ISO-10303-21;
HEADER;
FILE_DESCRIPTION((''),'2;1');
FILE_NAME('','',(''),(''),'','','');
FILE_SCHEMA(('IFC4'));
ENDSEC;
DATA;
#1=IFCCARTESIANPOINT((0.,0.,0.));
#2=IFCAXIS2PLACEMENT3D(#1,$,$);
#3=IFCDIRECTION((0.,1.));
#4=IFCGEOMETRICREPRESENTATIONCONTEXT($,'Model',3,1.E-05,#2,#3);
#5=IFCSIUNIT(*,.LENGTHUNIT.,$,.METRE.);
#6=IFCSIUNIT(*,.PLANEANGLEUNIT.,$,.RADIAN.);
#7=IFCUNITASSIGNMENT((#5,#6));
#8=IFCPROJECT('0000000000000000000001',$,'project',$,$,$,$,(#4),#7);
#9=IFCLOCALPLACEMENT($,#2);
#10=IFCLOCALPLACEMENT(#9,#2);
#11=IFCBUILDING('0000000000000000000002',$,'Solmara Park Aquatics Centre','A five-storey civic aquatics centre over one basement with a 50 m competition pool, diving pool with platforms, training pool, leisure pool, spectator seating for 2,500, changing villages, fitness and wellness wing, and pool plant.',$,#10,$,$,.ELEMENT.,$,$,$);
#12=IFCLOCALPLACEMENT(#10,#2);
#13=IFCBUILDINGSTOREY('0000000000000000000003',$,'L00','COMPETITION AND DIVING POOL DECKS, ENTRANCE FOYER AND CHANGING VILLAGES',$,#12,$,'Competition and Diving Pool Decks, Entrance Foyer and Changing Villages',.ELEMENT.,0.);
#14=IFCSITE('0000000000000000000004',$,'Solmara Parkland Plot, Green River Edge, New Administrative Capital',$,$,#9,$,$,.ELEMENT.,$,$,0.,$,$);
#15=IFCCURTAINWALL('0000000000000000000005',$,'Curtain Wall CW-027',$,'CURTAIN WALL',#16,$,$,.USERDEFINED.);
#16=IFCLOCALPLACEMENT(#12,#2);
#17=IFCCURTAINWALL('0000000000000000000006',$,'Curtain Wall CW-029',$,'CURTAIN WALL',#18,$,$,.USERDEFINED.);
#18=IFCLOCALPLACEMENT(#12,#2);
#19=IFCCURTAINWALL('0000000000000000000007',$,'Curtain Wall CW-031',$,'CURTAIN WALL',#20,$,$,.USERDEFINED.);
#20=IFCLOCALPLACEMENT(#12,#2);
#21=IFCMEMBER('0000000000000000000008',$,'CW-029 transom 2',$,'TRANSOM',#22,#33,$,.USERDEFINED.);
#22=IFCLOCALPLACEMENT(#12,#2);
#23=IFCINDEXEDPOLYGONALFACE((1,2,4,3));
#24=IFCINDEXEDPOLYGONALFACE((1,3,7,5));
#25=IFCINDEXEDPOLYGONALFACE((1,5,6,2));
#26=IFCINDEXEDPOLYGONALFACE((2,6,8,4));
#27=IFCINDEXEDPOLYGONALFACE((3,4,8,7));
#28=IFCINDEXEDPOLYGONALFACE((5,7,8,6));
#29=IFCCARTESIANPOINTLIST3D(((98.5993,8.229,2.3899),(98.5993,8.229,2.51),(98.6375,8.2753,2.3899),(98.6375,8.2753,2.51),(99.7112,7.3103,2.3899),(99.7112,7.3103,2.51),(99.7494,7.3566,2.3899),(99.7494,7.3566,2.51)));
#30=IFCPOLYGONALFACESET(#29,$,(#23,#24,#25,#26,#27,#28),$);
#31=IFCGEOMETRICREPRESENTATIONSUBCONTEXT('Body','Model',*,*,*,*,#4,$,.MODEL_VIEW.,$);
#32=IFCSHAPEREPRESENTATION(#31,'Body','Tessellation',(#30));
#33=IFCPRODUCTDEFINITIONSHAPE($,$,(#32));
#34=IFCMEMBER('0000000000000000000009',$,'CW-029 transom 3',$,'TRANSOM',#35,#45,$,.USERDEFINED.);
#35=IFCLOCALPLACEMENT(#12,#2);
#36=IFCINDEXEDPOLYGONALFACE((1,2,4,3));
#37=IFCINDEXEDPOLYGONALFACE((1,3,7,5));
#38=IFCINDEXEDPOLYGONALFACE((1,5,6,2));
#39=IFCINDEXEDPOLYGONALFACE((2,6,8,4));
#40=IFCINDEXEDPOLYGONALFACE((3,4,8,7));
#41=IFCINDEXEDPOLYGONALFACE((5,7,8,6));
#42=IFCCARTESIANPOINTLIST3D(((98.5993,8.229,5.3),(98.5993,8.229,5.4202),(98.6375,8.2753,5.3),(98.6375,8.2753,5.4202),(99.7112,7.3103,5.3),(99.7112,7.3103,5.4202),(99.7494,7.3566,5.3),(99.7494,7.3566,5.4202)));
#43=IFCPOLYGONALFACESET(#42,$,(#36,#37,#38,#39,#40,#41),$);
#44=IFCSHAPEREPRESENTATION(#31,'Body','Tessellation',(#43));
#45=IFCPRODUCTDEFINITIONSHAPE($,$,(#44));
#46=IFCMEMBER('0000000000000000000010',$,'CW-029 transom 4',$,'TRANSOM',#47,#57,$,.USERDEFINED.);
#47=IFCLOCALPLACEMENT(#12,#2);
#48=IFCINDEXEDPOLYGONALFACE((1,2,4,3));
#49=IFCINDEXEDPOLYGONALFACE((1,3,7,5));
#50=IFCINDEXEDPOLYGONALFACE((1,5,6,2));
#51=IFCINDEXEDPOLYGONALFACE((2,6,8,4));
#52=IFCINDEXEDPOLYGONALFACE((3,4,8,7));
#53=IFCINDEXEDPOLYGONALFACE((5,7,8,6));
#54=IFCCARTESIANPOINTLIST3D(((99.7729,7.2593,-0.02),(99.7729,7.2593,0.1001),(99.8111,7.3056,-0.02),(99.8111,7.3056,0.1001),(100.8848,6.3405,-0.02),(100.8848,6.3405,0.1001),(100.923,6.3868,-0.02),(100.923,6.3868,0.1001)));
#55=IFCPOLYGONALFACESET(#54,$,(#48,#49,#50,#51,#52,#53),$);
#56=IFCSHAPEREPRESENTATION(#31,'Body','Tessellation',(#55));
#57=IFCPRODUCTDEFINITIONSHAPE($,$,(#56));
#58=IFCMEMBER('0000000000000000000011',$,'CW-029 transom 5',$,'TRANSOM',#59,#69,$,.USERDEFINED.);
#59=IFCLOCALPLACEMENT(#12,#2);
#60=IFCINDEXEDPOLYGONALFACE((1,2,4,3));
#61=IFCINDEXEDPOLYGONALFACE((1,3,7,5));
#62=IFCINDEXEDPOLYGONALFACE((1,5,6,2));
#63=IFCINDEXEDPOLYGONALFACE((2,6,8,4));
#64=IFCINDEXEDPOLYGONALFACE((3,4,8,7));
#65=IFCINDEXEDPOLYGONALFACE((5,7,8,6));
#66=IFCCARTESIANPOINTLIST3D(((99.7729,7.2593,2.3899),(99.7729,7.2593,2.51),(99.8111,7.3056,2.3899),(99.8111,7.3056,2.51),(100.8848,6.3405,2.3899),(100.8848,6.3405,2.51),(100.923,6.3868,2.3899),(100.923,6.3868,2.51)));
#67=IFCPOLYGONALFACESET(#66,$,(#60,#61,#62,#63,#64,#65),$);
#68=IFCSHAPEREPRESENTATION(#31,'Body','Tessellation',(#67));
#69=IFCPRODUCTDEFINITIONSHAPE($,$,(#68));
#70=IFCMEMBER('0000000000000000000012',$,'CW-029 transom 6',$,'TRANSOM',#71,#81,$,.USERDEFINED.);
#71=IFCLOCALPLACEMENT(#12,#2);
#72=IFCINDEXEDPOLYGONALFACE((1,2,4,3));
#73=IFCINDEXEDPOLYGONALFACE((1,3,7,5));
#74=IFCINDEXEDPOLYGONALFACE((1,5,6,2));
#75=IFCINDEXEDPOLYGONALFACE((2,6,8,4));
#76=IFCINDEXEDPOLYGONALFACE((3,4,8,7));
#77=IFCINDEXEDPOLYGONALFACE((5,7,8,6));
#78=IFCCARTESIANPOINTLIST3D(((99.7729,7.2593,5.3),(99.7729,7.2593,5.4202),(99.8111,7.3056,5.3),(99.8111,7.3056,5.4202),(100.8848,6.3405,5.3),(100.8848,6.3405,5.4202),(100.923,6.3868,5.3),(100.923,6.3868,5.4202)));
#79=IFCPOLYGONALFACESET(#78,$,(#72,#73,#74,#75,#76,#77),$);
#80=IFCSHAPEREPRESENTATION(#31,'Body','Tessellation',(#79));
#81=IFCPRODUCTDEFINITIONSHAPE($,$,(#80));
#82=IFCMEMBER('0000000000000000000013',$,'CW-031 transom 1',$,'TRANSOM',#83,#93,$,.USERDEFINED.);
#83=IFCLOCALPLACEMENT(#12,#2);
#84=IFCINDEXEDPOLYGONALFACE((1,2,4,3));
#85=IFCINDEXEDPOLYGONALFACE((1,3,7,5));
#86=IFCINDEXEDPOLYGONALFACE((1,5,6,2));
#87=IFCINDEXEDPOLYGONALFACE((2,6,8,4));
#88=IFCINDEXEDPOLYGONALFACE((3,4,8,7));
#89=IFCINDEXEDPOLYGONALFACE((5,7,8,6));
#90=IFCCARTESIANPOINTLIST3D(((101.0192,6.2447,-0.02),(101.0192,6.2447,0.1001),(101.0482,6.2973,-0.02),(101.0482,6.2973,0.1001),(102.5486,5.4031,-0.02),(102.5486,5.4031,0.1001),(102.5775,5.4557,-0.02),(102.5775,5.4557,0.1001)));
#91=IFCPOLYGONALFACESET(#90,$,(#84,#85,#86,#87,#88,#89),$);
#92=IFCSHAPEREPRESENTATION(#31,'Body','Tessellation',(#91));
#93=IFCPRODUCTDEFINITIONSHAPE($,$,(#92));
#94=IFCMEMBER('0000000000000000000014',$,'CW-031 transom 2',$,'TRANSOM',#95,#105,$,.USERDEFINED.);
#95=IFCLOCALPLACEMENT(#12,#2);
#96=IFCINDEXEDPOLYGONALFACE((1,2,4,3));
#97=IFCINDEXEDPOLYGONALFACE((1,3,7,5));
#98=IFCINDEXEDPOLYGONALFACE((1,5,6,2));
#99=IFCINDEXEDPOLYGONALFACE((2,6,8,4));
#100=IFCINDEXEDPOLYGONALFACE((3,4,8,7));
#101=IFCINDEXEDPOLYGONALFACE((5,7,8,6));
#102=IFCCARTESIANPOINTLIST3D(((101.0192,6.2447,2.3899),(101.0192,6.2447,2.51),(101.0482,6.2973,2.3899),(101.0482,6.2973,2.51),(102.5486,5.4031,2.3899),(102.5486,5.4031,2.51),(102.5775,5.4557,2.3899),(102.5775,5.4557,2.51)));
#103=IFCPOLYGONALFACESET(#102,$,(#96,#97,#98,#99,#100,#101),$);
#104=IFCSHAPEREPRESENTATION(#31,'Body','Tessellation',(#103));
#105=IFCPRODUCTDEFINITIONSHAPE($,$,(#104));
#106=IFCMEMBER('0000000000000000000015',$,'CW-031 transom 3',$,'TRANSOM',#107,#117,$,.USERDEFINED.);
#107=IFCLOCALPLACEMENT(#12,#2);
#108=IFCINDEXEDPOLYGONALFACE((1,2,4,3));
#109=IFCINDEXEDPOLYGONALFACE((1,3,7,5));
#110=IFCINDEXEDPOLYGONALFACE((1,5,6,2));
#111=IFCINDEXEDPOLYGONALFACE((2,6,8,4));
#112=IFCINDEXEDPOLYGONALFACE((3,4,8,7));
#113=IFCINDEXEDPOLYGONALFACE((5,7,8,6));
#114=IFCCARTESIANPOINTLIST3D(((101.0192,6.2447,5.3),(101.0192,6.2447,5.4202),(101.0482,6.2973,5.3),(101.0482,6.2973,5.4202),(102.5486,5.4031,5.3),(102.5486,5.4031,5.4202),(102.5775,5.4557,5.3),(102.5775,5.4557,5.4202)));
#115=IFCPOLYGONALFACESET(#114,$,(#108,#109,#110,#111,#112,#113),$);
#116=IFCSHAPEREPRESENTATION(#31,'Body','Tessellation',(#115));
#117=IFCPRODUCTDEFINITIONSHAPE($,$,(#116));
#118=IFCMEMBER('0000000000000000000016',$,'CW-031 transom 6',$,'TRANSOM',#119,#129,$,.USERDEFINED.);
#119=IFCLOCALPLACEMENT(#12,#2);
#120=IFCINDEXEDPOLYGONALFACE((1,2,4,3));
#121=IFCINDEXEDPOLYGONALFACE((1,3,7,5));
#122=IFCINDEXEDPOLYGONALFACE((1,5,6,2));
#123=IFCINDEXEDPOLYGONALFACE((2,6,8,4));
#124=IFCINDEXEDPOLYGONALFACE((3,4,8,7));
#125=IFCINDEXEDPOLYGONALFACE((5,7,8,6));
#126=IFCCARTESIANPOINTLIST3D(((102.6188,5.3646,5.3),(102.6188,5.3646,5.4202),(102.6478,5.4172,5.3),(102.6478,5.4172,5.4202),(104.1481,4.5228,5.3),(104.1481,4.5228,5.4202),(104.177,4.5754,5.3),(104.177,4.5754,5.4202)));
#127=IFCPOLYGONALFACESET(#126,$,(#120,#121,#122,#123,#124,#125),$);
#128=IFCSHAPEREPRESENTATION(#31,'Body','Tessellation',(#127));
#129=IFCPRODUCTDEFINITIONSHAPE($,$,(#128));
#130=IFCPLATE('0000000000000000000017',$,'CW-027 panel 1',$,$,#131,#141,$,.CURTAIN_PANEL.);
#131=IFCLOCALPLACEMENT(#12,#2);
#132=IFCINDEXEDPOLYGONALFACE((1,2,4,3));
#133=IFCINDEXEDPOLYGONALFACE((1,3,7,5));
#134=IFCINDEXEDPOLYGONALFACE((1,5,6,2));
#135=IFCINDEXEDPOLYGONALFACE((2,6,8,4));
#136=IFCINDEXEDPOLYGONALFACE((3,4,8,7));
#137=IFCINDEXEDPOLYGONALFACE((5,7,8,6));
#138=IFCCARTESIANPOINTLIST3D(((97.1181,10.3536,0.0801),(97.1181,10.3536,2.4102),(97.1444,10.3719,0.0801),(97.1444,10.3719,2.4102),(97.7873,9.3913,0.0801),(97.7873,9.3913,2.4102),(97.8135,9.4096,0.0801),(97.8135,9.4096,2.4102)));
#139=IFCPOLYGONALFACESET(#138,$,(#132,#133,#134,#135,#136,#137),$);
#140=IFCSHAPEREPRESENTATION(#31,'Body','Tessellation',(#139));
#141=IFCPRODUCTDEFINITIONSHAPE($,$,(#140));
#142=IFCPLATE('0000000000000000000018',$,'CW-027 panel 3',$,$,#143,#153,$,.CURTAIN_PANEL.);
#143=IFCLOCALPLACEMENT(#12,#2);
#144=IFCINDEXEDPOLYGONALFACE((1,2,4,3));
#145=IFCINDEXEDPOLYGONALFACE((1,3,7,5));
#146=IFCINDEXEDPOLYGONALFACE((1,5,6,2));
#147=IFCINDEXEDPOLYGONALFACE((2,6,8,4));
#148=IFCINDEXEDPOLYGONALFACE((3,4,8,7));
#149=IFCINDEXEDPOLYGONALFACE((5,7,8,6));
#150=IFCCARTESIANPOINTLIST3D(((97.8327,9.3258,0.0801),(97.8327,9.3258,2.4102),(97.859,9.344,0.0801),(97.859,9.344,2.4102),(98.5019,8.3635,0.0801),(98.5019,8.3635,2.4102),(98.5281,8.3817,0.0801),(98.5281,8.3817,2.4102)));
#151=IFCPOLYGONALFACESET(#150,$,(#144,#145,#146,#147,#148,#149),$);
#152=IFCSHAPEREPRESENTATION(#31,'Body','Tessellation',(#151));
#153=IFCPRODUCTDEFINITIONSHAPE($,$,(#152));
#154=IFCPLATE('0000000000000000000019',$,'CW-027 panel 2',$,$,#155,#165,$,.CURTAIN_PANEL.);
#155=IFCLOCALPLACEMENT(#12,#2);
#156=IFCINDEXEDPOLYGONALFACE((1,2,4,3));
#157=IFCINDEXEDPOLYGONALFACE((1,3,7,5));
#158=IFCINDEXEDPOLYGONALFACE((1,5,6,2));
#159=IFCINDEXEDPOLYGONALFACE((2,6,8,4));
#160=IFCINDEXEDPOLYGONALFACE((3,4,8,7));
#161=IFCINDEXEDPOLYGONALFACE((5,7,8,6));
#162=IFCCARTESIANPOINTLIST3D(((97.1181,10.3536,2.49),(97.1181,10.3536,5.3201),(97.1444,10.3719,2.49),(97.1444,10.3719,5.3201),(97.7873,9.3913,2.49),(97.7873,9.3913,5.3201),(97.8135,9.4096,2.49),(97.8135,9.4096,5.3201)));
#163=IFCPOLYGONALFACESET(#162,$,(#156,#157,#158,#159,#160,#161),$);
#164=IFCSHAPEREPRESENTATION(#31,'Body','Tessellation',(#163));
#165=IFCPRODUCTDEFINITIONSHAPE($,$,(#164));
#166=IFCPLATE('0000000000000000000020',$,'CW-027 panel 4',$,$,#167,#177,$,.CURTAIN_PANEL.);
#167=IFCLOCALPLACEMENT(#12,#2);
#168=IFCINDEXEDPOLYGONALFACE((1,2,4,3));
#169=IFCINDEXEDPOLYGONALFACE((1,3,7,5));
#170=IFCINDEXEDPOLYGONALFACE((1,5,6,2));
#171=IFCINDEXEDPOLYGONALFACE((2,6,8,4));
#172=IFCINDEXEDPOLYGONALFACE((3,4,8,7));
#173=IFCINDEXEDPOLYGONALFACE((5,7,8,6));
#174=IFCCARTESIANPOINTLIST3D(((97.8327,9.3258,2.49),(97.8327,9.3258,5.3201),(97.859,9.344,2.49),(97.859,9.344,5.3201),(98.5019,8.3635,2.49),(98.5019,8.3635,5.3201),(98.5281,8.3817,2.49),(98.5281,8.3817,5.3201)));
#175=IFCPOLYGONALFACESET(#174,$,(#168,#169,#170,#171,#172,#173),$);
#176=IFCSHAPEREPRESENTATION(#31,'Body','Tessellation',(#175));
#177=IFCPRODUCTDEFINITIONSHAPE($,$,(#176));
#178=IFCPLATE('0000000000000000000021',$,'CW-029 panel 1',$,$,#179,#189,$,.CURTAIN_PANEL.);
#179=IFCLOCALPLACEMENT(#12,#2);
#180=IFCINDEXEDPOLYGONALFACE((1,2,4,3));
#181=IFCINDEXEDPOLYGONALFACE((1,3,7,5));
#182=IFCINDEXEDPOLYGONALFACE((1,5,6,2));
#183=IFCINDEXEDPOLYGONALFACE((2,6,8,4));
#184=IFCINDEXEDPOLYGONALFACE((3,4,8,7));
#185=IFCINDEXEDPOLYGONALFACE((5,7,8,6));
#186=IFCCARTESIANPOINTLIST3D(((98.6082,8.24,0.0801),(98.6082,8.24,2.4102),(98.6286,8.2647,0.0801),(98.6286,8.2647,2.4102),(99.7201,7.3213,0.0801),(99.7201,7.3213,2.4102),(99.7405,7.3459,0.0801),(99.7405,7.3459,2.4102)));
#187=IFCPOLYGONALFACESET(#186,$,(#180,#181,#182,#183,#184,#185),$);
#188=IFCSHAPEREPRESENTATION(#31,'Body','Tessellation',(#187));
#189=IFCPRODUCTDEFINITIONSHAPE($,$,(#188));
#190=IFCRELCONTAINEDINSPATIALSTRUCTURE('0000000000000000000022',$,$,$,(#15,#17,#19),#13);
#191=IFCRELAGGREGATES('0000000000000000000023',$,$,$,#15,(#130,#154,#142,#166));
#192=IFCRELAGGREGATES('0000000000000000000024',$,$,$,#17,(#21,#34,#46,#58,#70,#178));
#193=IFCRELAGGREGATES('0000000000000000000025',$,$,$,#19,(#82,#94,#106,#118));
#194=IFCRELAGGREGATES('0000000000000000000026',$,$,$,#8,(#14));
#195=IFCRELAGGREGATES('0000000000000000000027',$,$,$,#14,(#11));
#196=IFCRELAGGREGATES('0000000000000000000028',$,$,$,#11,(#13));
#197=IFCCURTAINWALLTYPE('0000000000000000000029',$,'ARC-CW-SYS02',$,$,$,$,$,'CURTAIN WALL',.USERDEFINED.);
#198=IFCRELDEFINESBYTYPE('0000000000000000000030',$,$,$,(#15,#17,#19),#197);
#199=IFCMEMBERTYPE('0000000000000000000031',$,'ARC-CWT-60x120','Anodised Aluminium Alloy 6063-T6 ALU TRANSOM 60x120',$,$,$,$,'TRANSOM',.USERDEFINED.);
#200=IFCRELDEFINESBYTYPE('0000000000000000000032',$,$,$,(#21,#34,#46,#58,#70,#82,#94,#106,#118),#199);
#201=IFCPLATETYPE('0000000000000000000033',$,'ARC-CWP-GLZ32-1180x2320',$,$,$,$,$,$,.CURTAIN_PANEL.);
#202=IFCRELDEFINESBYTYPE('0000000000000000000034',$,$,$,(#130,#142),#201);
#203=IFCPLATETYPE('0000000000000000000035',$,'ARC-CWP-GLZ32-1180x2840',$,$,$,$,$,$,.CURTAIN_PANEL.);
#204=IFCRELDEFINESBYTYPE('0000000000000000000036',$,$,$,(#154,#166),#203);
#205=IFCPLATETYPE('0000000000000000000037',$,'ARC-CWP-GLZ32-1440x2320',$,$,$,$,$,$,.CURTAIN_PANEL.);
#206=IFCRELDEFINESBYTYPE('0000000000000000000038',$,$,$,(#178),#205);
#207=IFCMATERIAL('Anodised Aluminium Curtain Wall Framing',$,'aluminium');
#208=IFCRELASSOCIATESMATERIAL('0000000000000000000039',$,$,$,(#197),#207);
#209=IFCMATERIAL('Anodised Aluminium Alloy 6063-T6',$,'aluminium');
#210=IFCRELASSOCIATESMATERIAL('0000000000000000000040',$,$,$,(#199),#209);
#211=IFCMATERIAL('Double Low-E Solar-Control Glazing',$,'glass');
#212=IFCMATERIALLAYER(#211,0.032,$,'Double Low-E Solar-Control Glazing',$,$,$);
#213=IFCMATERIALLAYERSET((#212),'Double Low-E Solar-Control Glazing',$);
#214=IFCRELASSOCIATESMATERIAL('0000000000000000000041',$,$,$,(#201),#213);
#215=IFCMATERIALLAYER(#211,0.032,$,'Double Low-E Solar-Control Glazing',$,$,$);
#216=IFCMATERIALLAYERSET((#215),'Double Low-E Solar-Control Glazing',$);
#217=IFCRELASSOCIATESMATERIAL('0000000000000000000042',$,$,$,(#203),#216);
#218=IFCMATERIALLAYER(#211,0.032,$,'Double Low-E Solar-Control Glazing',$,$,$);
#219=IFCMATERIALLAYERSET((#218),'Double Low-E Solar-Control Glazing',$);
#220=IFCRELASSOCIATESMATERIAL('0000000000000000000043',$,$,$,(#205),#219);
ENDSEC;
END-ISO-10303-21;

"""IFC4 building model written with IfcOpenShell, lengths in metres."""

from ifc_helpers import new_model, si_unit, direction, frame, origin, origin_2d, place, context, subcontext, project, spatial, rectangle, extrude, material, layer, layer_set, material_profile, profile_set, type_object, element, aggregate, save


model = new_model("IFC4")

# Units and contexts
model_context = context("Model", 3, precision=1e-05, world=origin(), true_north=direction((0.0, 1.0)))
body_context = subcontext(model_context, "Body", "Model", "MODEL_VIEW")
ifc_project = project(units=[si_unit("LENGTHUNIT", "METRE"), si_unit("PLANEANGLEUNIT", "RADIAN")], contexts=[model_context])

# Site, building, storey
site_placement = place(None, origin())
site = spatial("IfcSite", under=ifc_project, at=site_placement, Name="Solmara Parkland Plot, Green River Edge, New Administrative Capital", CompositionType="ELEMENT", RefElevation=0.0)
building_placement = place(site_placement, origin())
building = spatial("IfcBuilding", under=site, at=building_placement, Name="Solmara Park Aquatics Centre", Description="A five-storey civic aquatics centre over one basement with a 50 m competition pool, diving pool with platforms, training pool, leisure pool, spectator seating for 2,500, changing villages, fitness and wellness wing, and pool plant.", CompositionType="ELEMENT")
storey_placement = place(building_placement, origin())
storey = spatial("IfcBuildingStorey", under=building, at=storey_placement, Name="L00", Description="COMPETITION AND DIVING POOL DECKS, ENTRANCE FOYER AND CHANGING VILLAGES", LongName="Competition and Diving Pool Decks, Entrance Foyer and Changing Villages", CompositionType="ELEMENT", Elevation=0.0)

# Curtain walls
ifc_material_1 = material(Name="Anodised Aluminium Curtain Wall Framing", Category="aluminium")
curtain_wall_type = type_object("IfcCurtainWallType", Name="ARC-CW-SYS02", ElementType="CURTAIN WALL", PredefinedType="USERDEFINED", material=ifc_material_1)
curtain_wall_1_placement = place(storey_placement, origin())
curtain_wall_1 = element("IfcCurtainWall", 1, at=curtain_wall_1_placement, inside=storey, type_object=curtain_wall_type, Name="Curtain Wall CW-027", ObjectType="CURTAIN WALL", PredefinedType="USERDEFINED")
ifc_material_2 = material(Name="Anodised Aluminium Alloy 6063-T6", Category="aluminium")
curtain_wall_2_placement = place(storey_placement, origin())
curtain_wall_2 = element("IfcCurtainWall", 2, at=curtain_wall_2_placement, inside=storey, type_object=curtain_wall_type, Name="Curtain Wall CW-029", ObjectType="CURTAIN WALL", PredefinedType="USERDEFINED")
curtain_wall_3_placement = place(storey_placement, origin())
curtain_wall_3 = element("IfcCurtainWall", 3, at=curtain_wall_3_placement, inside=storey, type_object=curtain_wall_type, Name="Curtain Wall CW-031", ObjectType="CURTAIN WALL", PredefinedType="USERDEFINED")

# Members
ifc_material_profile_1 = material_profile(ifc_material_2, rectangle(XDim=0.0601, YDim=0.1201, at=origin_2d()), Name="ALU TRANSOM 60x120")
ifc_profile_set_1 = profile_set([ifc_material_profile_1], Name="Anodised Aluminium Alloy 6063-T6")
member_type_1 = type_object("IfcMemberType", Name="ARC-CWT-60x120", Description="Anodised Aluminium Alloy 6063-T6 ALU TRANSOM 60x120", ElementType="TRANSOM", PredefinedType="USERDEFINED", material=ifc_profile_set_1)
member_1_placement = place(storey_placement, frame((98.6184, 8.2522, 2.45), z_axis=(0.770879, -0.636982, 0.0), x_axis=(0.636982, 0.770879, 0.0)))
member_1 = element("IfcMember", 4, at=member_1_placement, type_object=member_type_1, Name="CW-029 transom 2", ObjectType="TRANSOM", PredefinedType="USERDEFINED", context=body_context, shape_type="SweptSolid", body=[
    extrude(rectangle(XDim=0.0601, YDim=0.1201, at=origin_2d()), origin(), (0.0, 0.0, 1.0), 1.4424),
])
member_2_placement = place(storey_placement, frame((98.6184, 8.2522, 5.3601), z_axis=(0.770879, -0.636982, 0.0), x_axis=(0.636982, 0.770879, 0.0)))
member_2 = element("IfcMember", 5, at=member_2_placement, type_object=member_type_1, Name="CW-029 transom 3", ObjectType="TRANSOM", PredefinedType="USERDEFINED", context=body_context, shape_type="SweptSolid", body=[
    extrude(rectangle(XDim=0.0601, YDim=0.1201, at=origin_2d()), origin(), (0.0, 0.0, 1.0), 1.4424),
])
member_3_placement = place(storey_placement, frame((99.792, 7.2825, 0.04), z_axis=(0.770879, -0.636982, 0.0), x_axis=(0.636982, 0.770879, 0.0)))
member_3 = element("IfcMember", 6, at=member_3_placement, type_object=member_type_1, Name="CW-029 transom 4", ObjectType="TRANSOM", PredefinedType="USERDEFINED", context=body_context, shape_type="SweptSolid", body=[
    extrude(rectangle(XDim=0.0601, YDim=0.1201, at=origin_2d()), origin(), (0.0, 0.0, 1.0), 1.4424),
])
member_4_placement = place(storey_placement, frame((99.792, 7.2825, 2.45), z_axis=(0.770879, -0.636982, 0.0), x_axis=(0.636982, 0.770879, 0.0)))
member_4 = element("IfcMember", 7, at=member_4_placement, type_object=member_type_1, Name="CW-029 transom 5", ObjectType="TRANSOM", PredefinedType="USERDEFINED", context=body_context, shape_type="SweptSolid", body=[
    extrude(rectangle(XDim=0.0601, YDim=0.1201, at=origin_2d()), origin(), (0.0, 0.0, 1.0), 1.4424),
])
member_5_placement = place(storey_placement, frame((99.792, 7.2825, 5.3601), z_axis=(0.770879, -0.636982, 0.0), x_axis=(0.636982, 0.770879, 0.0)))
member_5 = element("IfcMember", 8, at=member_5_placement, type_object=member_type_1, Name="CW-029 transom 6", ObjectType="TRANSOM", PredefinedType="USERDEFINED", context=body_context, shape_type="SweptSolid", body=[
    extrude(rectangle(XDim=0.0601, YDim=0.1201, at=origin_2d()), origin(), (0.0, 0.0, 1.0), 1.4424),
])
member_6_placement = place(storey_placement, frame((101.0337, 6.271, 0.04), z_axis=(0.87611, -0.482112, 0.0), x_axis=(0.482112, 0.87611, 0.0)))
member_6 = element("IfcMember", 9, at=member_6_placement, type_object=member_type_1, Name="CW-031 transom 1", ObjectType="TRANSOM", PredefinedType="USERDEFINED", context=body_context, shape_type="SweptSolid", body=[
    extrude(rectangle(XDim=0.0601, YDim=0.1201, at=origin_2d()), origin(), (0.0, 0.0, 1.0), 1.7456),
])
member_7_placement = place(storey_placement, frame((101.0337, 6.271, 2.45), z_axis=(0.87611, -0.482112, 0.0), x_axis=(0.482112, 0.87611, 0.0)))
member_7 = element("IfcMember", 10, at=member_7_placement, type_object=member_type_1, Name="CW-031 transom 2", ObjectType="TRANSOM", PredefinedType="USERDEFINED", context=body_context, shape_type="SweptSolid", body=[
    extrude(rectangle(XDim=0.0601, YDim=0.1201, at=origin_2d()), origin(), (0.0, 0.0, 1.0), 1.7456),
])
member_8_placement = place(storey_placement, frame((101.0337, 6.271, 5.3601), z_axis=(0.87611, -0.482112, 0.0), x_axis=(0.482112, 0.87611, 0.0)))
member_8 = element("IfcMember", 11, at=member_8_placement, type_object=member_type_1, Name="CW-031 transom 3", ObjectType="TRANSOM", PredefinedType="USERDEFINED", context=body_context, shape_type="SweptSolid", body=[
    extrude(rectangle(XDim=0.0601, YDim=0.1201, at=origin_2d()), origin(), (0.0, 0.0, 1.0), 1.7456),
])
member_9_placement = place(storey_placement, frame((102.6333, 5.3909, 5.3601), z_axis=(0.876051, -0.482219, 0.0), x_axis=(0.482219, 0.876051, 0.0)))
member_9 = element("IfcMember", 12, at=member_9_placement, type_object=member_type_1, Name="CW-031 transom 6", ObjectType="TRANSOM", PredefinedType="USERDEFINED", context=body_context, shape_type="SweptSolid", body=[
    extrude(rectangle(XDim=0.0601, YDim=0.1201, at=origin_2d()), origin(), (0.0, 0.0, 1.0), 1.7456),
])

# Plates
ifc_material_3 = material(Name="Double Low-E Solar-Control Glazing", Category="glass")
ifc_layer_1 = layer(ifc_material_3, 0.032, Name="Double Low-E Solar-Control Glazing")
ifc_layer_set_1 = layer_set([ifc_layer_1], Name="Double Low-E Solar-Control Glazing")
plate_type_1 = type_object("IfcPlateType", Name="ARC-CWP-GLZ32-1180x2320", PredefinedType="CURTAIN_PANEL", material=ifc_layer_set_1)
plate_1_placement = place(storey_placement, frame((97.4658, 9.8816, 0.0801), z_axis=(0.0, 0.0, 1.0), x_axis=(0.570927, -0.821001, 0.0)))
plate_1 = element("IfcPlate", 13, at=plate_1_placement, type_object=plate_type_1, Name="CW-027 panel 1", PredefinedType="CURTAIN_PANEL", context=body_context, shape_type="SweptSolid", body=[
    extrude(rectangle(XDim=1.1721, YDim=0.032, at=origin_2d()), origin(), (0.0, 0.0, 1.0), 2.3301),
])
plate_2_placement = place(storey_placement, frame((98.1804, 8.8538, 0.0801), z_axis=(0.0, 0.0, 1.0), x_axis=(0.570927, -0.821001, 0.0)))
plate_2 = element("IfcPlate", 14, at=plate_2_placement, type_object=plate_type_1, Name="CW-027 panel 3", PredefinedType="CURTAIN_PANEL", context=body_context, shape_type="SweptSolid", body=[
    extrude(rectangle(XDim=1.1721, YDim=0.032, at=origin_2d()), origin(), (0.0, 0.0, 1.0), 2.3301),
])
ifc_layer_2 = layer(ifc_material_3, 0.032, Name="Double Low-E Solar-Control Glazing")
ifc_layer_set_2 = layer_set([ifc_layer_2], Name="Double Low-E Solar-Control Glazing")
plate_type_2 = type_object("IfcPlateType", Name="ARC-CWP-GLZ32-1180x2840", PredefinedType="CURTAIN_PANEL", material=ifc_layer_set_2)
plate_3_placement = place(storey_placement, frame((97.4658, 9.8816, 2.49), z_axis=(0.0, 0.0, 1.0), x_axis=(0.570927, -0.821001, 0.0)))
plate_3 = element("IfcPlate", 15, at=plate_3_placement, type_object=plate_type_2, Name="CW-027 panel 2", PredefinedType="CURTAIN_PANEL", context=body_context, shape_type="SweptSolid", body=[
    extrude(rectangle(XDim=1.1721, YDim=0.032, at=origin_2d()), origin(), (0.0, 0.0, 1.0), 2.8301),
])
plate_4_placement = place(storey_placement, frame((98.1804, 8.8538, 2.49), z_axis=(0.0, 0.0, 1.0), x_axis=(0.570927, -0.821001, 0.0)))
plate_4 = element("IfcPlate", 16, at=plate_4_placement, type_object=plate_type_2, Name="CW-027 panel 4", PredefinedType="CURTAIN_PANEL", context=body_context, shape_type="SweptSolid", body=[
    extrude(rectangle(XDim=1.1721, YDim=0.032, at=origin_2d()), origin(), (0.0, 0.0, 1.0), 2.8301),
])
aggregate(curtain_wall_1, [plate_1, plate_3, plate_2, plate_4])
ifc_layer_3 = layer(ifc_material_3, 0.032, Name="Double Low-E Solar-Control Glazing")
ifc_layer_set_3 = layer_set([ifc_layer_3], Name="Double Low-E Solar-Control Glazing")
plate_type_3 = type_object("IfcPlateType", Name="ARC-CWP-GLZ32-1440x2320", PredefinedType="CURTAIN_PANEL", material=ifc_layer_set_3)
plate_5_placement = place(storey_placement, frame((99.1743, 7.793, 0.0801), z_axis=(0.0, 0.0, 1.0), x_axis=(0.770877, -0.636984, 0.0)))
plate_5 = element("IfcPlate", 17, at=plate_5_placement, type_object=plate_type_3, Name="CW-029 panel 1", PredefinedType="CURTAIN_PANEL", context=body_context, shape_type="SweptSolid", body=[
    extrude(rectangle(XDim=1.4424, YDim=0.032, at=origin_2d()), origin(), (0.0, 0.0, 1.0), 2.3301),
])
aggregate(curtain_wall_2, [member_1, member_2, member_3, member_4, member_5, plate_5])
aggregate(curtain_wall_3, [member_6, member_7, member_8, member_9])

save(model, "model.ifc")
